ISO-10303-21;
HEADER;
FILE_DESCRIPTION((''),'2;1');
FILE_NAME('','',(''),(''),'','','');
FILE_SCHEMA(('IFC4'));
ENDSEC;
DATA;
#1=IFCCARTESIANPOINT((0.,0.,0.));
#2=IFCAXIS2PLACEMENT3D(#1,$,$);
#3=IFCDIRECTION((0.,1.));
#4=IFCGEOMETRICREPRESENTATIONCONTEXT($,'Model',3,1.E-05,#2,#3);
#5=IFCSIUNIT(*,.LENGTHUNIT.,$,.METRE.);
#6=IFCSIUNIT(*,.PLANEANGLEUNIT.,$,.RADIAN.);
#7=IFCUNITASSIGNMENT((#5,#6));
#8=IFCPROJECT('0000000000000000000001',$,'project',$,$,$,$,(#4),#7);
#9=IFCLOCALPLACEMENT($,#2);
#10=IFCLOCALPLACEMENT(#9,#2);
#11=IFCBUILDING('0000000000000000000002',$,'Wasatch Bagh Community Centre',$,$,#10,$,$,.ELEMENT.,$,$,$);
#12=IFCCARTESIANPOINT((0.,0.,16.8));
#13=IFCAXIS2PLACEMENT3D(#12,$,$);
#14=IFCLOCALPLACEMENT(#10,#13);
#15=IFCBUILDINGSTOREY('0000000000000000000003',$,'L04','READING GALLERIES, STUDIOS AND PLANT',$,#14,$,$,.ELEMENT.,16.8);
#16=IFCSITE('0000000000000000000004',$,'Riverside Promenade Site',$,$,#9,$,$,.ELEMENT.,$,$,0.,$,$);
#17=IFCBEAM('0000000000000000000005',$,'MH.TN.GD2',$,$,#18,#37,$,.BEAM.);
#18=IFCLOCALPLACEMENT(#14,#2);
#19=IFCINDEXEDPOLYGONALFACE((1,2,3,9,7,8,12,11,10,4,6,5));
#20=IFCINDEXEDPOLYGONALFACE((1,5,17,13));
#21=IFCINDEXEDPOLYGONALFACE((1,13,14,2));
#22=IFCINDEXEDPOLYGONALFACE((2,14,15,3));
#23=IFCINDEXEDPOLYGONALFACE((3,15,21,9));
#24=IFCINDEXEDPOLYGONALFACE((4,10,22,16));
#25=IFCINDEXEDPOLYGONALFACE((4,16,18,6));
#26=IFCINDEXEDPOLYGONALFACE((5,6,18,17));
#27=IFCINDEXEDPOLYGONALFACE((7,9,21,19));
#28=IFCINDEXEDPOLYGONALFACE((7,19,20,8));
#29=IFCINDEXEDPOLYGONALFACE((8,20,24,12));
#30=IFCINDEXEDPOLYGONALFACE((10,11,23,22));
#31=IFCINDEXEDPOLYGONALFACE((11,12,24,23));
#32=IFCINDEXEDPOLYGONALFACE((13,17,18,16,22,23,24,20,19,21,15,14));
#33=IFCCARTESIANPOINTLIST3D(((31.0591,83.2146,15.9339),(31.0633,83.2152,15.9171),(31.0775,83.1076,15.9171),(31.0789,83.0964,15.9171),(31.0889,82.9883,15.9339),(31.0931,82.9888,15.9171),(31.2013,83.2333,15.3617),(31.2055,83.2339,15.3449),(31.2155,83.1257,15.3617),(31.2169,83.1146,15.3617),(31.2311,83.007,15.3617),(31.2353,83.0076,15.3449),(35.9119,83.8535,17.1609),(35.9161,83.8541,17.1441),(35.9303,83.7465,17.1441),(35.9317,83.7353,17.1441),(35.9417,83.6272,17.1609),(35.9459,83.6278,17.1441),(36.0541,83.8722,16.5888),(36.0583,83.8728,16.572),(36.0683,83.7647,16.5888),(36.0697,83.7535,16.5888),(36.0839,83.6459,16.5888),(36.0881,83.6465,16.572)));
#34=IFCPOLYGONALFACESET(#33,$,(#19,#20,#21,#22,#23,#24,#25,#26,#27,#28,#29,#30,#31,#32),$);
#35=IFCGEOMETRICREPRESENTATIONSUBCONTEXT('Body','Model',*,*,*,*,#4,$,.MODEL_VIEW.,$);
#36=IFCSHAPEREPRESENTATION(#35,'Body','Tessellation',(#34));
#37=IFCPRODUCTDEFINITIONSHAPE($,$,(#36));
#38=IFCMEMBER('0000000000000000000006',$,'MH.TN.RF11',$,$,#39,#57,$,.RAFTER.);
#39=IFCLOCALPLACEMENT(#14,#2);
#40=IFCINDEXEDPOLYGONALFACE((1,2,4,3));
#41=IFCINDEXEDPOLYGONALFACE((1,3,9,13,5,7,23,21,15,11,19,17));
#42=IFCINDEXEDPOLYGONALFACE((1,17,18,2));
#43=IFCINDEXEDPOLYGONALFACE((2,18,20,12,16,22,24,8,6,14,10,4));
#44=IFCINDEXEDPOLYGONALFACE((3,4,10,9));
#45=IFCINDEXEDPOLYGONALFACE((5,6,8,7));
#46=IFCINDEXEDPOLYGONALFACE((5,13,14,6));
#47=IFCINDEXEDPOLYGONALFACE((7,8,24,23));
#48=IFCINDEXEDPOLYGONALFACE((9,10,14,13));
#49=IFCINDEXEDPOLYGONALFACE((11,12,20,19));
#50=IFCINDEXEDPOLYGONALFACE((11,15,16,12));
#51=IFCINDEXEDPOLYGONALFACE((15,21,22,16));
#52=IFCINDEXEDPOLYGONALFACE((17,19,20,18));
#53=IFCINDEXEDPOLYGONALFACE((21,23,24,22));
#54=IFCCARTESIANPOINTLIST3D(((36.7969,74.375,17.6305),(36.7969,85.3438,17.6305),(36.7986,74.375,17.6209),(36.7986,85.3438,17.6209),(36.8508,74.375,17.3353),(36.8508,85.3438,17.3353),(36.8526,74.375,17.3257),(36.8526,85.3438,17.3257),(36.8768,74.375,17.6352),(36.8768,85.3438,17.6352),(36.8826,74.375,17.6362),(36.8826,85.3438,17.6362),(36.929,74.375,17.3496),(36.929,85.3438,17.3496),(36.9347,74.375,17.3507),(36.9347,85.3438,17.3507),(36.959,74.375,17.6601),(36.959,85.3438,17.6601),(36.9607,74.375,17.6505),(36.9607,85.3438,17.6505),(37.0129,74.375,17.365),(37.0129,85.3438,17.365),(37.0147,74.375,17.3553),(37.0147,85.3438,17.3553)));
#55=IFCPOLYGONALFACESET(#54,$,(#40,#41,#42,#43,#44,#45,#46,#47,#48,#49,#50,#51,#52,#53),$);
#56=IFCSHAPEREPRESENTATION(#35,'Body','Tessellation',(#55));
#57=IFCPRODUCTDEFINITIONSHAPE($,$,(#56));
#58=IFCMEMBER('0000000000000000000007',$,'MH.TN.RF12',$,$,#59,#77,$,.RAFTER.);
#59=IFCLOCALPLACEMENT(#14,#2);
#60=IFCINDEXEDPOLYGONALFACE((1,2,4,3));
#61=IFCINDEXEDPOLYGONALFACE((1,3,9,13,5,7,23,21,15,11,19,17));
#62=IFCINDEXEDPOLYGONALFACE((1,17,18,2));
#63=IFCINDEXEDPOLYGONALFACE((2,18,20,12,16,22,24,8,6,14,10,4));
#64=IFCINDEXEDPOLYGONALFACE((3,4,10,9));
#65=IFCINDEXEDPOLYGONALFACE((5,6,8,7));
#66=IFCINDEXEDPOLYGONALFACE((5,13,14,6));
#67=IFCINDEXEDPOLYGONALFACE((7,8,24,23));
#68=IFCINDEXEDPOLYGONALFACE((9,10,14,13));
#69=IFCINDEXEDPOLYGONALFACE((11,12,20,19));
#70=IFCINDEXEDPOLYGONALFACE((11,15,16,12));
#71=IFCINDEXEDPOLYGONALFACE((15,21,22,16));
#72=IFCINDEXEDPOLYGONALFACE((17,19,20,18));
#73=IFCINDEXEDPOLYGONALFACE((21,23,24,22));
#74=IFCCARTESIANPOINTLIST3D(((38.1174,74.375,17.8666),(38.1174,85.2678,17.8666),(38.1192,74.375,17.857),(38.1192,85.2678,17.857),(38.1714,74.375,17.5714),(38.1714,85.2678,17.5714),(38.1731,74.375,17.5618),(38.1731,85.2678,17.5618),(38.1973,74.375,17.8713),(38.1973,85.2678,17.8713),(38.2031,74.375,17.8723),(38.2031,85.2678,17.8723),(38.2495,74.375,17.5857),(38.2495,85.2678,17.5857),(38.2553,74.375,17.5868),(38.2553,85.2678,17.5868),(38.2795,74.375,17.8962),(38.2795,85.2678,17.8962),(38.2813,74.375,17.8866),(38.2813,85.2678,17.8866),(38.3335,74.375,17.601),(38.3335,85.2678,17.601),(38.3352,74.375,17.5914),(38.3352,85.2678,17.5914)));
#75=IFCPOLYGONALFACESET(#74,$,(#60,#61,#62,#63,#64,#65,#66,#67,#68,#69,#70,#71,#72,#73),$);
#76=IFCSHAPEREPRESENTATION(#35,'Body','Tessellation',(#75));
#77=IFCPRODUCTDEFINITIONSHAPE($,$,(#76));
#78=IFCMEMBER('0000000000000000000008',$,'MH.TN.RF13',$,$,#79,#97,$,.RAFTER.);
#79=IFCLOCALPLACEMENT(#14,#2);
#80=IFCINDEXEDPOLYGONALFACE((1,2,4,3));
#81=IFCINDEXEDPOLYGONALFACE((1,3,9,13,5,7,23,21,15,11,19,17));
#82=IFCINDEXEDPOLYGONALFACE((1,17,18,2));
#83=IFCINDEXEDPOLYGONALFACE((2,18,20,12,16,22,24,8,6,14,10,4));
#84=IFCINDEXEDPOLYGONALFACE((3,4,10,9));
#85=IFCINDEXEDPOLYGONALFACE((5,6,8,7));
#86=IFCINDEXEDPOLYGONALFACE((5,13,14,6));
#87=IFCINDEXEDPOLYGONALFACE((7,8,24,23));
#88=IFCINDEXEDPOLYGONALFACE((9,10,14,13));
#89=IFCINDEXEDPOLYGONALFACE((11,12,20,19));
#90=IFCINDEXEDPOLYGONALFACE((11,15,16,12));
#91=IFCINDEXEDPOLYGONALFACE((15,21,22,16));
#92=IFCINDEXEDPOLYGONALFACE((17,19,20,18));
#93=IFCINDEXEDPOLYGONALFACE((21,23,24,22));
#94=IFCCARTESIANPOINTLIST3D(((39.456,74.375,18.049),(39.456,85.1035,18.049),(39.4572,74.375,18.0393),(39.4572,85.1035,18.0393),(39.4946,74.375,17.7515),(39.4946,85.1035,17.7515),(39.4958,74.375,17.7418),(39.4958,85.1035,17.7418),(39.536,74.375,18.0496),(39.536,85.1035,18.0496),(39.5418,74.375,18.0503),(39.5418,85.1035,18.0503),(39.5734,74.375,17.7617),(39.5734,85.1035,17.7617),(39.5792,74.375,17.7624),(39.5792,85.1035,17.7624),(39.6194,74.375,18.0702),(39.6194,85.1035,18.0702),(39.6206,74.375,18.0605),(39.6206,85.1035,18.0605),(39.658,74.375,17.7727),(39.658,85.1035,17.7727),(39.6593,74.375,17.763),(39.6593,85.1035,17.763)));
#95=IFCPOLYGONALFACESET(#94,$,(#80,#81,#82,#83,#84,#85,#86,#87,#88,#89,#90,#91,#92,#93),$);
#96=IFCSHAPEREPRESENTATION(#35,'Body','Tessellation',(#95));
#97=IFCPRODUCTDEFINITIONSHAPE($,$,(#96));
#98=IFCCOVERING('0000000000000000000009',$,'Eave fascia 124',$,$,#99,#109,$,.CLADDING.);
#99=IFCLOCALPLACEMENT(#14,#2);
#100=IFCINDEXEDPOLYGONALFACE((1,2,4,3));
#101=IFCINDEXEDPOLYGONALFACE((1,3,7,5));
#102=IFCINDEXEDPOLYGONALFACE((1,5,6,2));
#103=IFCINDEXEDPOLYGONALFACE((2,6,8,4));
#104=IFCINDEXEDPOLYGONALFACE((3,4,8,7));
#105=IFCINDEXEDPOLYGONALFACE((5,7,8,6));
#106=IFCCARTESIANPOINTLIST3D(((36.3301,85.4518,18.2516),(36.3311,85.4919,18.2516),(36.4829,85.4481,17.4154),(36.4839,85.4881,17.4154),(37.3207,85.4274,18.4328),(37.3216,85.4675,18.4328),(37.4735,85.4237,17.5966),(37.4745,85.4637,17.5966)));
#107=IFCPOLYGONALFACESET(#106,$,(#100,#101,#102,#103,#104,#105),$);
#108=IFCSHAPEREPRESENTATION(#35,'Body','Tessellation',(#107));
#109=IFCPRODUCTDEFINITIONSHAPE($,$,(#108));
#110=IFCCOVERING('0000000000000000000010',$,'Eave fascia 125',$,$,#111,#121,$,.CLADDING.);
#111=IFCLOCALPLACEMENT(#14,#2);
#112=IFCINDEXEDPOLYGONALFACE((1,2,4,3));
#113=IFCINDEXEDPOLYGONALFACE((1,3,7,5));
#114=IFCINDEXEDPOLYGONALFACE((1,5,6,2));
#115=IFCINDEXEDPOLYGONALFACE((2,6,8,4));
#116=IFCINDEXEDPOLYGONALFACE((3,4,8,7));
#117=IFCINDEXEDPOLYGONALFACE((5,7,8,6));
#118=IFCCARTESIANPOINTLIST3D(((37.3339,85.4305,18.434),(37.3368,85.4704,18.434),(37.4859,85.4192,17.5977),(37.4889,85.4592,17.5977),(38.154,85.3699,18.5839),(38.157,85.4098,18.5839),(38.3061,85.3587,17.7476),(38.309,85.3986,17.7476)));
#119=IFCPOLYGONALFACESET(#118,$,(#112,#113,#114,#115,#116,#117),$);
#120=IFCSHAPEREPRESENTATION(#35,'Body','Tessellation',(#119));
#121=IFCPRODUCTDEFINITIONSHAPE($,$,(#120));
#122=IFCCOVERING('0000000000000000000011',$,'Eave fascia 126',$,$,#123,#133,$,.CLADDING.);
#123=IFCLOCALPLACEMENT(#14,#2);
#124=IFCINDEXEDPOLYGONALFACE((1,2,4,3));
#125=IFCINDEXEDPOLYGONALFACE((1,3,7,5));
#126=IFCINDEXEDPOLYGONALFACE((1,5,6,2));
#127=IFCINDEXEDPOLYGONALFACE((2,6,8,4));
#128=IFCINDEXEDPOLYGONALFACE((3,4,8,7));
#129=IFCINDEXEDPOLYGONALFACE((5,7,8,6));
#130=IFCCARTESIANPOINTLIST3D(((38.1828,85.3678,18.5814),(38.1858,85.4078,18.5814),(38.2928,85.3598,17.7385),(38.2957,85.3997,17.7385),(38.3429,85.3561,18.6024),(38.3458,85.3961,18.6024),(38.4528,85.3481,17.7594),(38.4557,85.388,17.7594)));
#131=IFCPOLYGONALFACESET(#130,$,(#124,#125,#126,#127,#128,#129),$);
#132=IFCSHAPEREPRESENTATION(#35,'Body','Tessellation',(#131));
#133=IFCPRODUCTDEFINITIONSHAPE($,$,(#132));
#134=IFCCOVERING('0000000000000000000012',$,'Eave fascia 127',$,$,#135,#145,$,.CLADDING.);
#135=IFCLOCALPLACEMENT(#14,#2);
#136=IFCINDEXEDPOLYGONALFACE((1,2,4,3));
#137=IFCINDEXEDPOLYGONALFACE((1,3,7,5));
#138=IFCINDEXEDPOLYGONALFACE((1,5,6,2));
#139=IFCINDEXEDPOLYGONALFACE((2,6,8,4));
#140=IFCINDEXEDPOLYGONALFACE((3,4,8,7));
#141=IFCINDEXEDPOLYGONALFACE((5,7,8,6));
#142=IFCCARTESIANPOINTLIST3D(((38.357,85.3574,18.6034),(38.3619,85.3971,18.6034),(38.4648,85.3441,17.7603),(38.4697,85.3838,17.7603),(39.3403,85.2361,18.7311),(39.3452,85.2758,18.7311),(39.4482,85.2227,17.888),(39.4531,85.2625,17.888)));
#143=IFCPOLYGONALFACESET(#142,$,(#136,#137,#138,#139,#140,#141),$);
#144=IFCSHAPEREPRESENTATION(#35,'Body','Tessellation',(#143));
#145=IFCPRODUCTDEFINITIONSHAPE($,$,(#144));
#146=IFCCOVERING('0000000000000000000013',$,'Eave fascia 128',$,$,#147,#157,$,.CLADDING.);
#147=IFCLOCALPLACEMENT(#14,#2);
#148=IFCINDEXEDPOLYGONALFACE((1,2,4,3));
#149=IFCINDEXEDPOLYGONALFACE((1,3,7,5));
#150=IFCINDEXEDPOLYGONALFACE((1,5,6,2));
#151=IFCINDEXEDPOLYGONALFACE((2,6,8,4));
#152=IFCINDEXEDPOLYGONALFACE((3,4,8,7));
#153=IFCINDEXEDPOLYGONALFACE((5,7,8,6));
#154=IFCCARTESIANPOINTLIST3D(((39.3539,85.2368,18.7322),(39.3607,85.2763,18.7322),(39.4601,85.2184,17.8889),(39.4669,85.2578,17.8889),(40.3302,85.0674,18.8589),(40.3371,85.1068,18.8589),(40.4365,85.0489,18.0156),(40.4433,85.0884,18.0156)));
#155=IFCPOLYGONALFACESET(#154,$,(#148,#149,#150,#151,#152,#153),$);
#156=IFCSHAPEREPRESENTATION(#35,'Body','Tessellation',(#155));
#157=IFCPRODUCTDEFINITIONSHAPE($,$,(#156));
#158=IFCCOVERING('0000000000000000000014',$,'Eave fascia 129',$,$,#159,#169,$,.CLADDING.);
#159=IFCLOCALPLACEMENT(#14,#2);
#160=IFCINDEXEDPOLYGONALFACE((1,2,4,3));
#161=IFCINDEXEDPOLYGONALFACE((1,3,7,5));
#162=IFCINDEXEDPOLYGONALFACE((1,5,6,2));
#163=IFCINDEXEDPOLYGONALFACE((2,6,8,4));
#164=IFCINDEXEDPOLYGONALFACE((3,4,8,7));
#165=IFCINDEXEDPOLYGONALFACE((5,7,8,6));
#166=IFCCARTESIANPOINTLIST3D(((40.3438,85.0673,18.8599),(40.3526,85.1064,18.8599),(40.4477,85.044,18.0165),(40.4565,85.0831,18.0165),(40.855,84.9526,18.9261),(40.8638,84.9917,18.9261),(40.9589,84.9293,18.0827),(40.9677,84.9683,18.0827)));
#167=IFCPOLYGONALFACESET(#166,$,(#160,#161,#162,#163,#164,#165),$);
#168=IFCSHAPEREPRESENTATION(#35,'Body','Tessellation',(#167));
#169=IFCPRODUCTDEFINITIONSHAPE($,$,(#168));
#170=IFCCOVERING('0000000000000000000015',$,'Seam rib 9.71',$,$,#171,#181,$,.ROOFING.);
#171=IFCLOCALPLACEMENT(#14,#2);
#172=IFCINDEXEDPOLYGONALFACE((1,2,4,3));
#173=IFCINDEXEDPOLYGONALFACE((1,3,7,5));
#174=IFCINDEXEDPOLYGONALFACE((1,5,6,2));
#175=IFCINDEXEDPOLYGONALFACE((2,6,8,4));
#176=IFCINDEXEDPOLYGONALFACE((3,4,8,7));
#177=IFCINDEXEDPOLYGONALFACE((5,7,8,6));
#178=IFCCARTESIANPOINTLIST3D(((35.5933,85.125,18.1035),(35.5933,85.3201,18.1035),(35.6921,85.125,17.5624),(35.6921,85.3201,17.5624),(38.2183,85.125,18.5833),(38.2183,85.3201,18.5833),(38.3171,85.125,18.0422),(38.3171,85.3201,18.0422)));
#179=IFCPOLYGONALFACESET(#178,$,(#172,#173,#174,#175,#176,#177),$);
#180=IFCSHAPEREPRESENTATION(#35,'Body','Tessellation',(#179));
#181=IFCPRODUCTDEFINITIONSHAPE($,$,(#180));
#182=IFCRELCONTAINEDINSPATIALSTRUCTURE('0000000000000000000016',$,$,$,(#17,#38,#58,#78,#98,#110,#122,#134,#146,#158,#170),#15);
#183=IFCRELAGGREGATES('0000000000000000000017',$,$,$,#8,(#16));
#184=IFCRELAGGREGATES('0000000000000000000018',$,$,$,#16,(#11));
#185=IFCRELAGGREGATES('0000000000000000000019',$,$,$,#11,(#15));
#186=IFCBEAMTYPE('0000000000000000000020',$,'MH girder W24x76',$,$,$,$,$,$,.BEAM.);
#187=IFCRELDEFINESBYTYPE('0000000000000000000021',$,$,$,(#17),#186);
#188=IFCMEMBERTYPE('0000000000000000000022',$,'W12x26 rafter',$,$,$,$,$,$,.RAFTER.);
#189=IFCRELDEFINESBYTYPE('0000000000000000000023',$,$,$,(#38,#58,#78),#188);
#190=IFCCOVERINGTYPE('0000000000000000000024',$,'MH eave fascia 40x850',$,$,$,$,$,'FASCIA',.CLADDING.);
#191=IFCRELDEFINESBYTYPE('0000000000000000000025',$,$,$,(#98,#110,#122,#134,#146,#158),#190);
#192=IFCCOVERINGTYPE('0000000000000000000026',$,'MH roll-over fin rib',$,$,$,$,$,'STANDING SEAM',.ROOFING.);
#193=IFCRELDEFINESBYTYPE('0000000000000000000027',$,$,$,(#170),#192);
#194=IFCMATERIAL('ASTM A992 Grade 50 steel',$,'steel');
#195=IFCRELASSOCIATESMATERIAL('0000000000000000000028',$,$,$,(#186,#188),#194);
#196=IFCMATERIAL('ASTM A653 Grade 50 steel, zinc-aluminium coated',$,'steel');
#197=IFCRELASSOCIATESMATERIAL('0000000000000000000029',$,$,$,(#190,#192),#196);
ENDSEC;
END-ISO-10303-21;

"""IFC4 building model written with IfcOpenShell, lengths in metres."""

from ifc_helpers import new_model, si_unit, direction, frame, origin, origin_2d, place, context, subcontext, project, spatial, polyline, rectangle, i_section, outline, extrude, material, material_profile, profile_set, type_object, element, save


model = new_model("IFC4")

# Units and contexts
model_context = context("Model", 3, precision=1e-05, world=origin(), true_north=direction((0.0, 1.0)))
body_context = subcontext(model_context, "Body", "Model", "MODEL_VIEW")
ifc_project = project(units=[si_unit("LENGTHUNIT", "METRE"), si_unit("PLANEANGLEUNIT", "RADIAN")], contexts=[model_context])

# Site, building, storey
site_placement = place(None, origin())
site = spatial("IfcSite", under=ifc_project, at=site_placement, Name="Riverside Promenade Site", CompositionType="ELEMENT", RefElevation=0.0)
building_placement = place(site_placement, origin())
building = spatial("IfcBuilding", under=site, at=building_placement, Name="Wasatch Bagh Community Centre", CompositionType="ELEMENT")
storey_placement = place(building_placement, frame((0.0, 0.0, 16.8)))
storey = spatial("IfcBuildingStorey", under=building, at=storey_placement, Name="L04", Description="READING GALLERIES, STUDIOS AND PLANT", CompositionType="ELEMENT", Elevation=16.8)

# Beam
ifc_material_1 = material(Name="ASTM A992 Grade 50 steel", Category="steel")
ifc_material_profile_1 = material_profile(ifc_material_1, i_section(OverallWidth=0.2283, OverallDepth=0.6072, WebThickness=0.0112, FlangeThickness=0.0173, at=origin_2d()), Name="W24x76")
ifc_profile_set_1 = profile_set([ifc_material_profile_1], Name="ASTM A992 Grade 50 steel")
beam_type = type_object("IfcBeamType", Name="MH girder W24x76", PredefinedType="BEAM", material=ifc_profile_set_1)
beam_placement = place(storey_placement, frame((36.0, 83.75, 16.8665), z_axis=(-0.961685, -0.126615, -0.243167), x_axis=(0.130533, -0.991444, 0.0)))
element("IfcBeam", 1, at=beam_placement, inside=storey, type_object=beam_type, Name="MH.TN.GD2", PredefinedType="BEAM", context=body_context, shape_type="SweptSolid", body=[
    extrude(i_section(OverallWidth=0.2283, OverallDepth=0.6072, WebThickness=0.0112, FlangeThickness=0.0173, at=origin_2d()), origin(), (0.0, 0.0, 1.0), 5.0461),
])

# Members
ifc_material_profile_2 = material_profile(ifc_material_1, i_section(OverallWidth=0.1648, OverallDepth=0.3098, WebThickness=0.0059, FlangeThickness=0.0098, at=origin_2d()), Name="W12x26")
ifc_profile_set_2 = profile_set([ifc_material_profile_2], Name="ASTM A992 Grade 50 steel")
member_type = type_object("IfcMemberType", Name="W12x26 rafter", PredefinedType="RAFTER", material=ifc_profile_set_2)
member_1_placement = place(storey_placement, frame((36.9058, 85.3438, 17.4929), z_axis=(0.0, -1.0, 0.0), x_axis=(0.983711, 0.0, 0.179756)))
element("IfcMember", 2, at=member_1_placement, inside=storey, type_object=member_type, Name="MH.TN.RF11", PredefinedType="RAFTER", context=body_context, shape_type="SweptSolid", body=[
    extrude(i_section(OverallWidth=0.1648, OverallDepth=0.3098, WebThickness=0.0059, FlangeThickness=0.0098, at=origin_2d()), origin(), (0.0, 0.0, 1.0), 10.9688),
])
member_2_placement = place(storey_placement, frame((38.2263, 85.2678, 17.729), z_axis=(0.0, -1.0, 0.0), x_axis=(0.983711, 0.0, 0.179756)))
element("IfcMember", 3, at=member_2_placement, inside=storey, type_object=member_type, Name="MH.TN.RF12", PredefinedType="RAFTER", context=body_context, shape_type="SweptSolid", body=[
    extrude(i_section(OverallWidth=0.1648, OverallDepth=0.3098, WebThickness=0.0059, FlangeThickness=0.0098, at=origin_2d()), origin(), (0.0, 0.0, 1.0), 10.8928),
])
member_3_placement = place(storey_placement, frame((39.5576, 85.1035, 17.906), z_axis=(0.0, -1.0, 0.0), x_axis=(0.991678, 0.0, 0.12874)))
element("IfcMember", 4, at=member_3_placement, inside=storey, type_object=member_type, Name="MH.TN.RF13", PredefinedType="RAFTER", context=body_context, shape_type="SweptSolid", body=[
    extrude(i_section(OverallWidth=0.1648, OverallDepth=0.3098, WebThickness=0.0059, FlangeThickness=0.0098, at=origin_2d()), origin(), (0.0, 0.0, 1.0), 10.7285),
])

# Coverings
ifc_material_2 = material(Name="ASTM A653 Grade 50 steel, zinc-aluminium coated", Category="steel")
ifc_material_profile_3 = material_profile(ifc_material_2, rectangle(XDim=0.04, YDim=0.8501, at=origin_2d()), Name="FASCIA 40x850")
ifc_profile_set_3 = profile_set([ifc_material_profile_3], Name="ASTM A653 Grade 50 steel, zinc-aluminium coated")
covering_type_1 = type_object("IfcCoveringType", Name="MH eave fascia 40x850", ElementType="FASCIA", PredefinedType="CLADDING", material=ifc_profile_set_3)
covering_1_placement = place(storey_placement, frame((36.407, 85.47, 17.8335), z_axis=(0.983394, -0.024239, 0.179857), x_axis=(0.024641, 0.999696, 0.0)))
element("IfcCovering", 5, at=covering_1_placement, inside=storey, type_object=covering_type_1, Name="Eave fascia 124", PredefinedType="CLADDING", context=body_context, shape_type="SweptSolid", body=[
    extrude(rectangle(XDim=0.04, YDim=0.8501, at=origin_2d()), origin(), (0.0, 0.0, 1.0), 1.0073),
])
covering_2_placement = place(storey_placement, frame((37.4114, 85.4448, 18.0159), z_axis=(0.981117, -0.072437, 0.179341), x_axis=(0.073631, 0.997286, 0.0)))
element("IfcCovering", 6, at=covering_2_placement, inside=storey, type_object=covering_type_1, Name="Eave fascia 125", PredefinedType="CLADDING", context=body_context, shape_type="SweptSolid", body=[
    extrude(rectangle(XDim=0.04, YDim=0.8501, at=origin_2d()), origin(), (0.0, 0.0, 1.0), 0.8359),
])
covering_3_placement = place(storey_placement, frame((38.2393, 85.3838, 18.1599), z_axis=(0.988917, -0.07236, 0.129645), x_axis=(0.072976, 0.997334, 0.0)))
element("IfcCovering", 7, at=covering_3_placement, inside=storey, type_object=covering_type_1, Name="Eave fascia 126", PredefinedType="CLADDING", context=body_context, shape_type="SweptSolid", body=[
    extrude(rectangle(XDim=0.04, YDim=0.8501, at=origin_2d()), origin(), (0.0, 0.0, 1.0), 0.1619),
])
for number, where, z_axis, x_axis, name in (
    (8, (38.4133, 85.3706, 18.1819), (0.984335, -0.121453, 0.127807), (0.122458, 0.992474, 0.0), "Eave fascia 127"),
    (9, (39.4104, 85.2473, 18.3105), (0.977316, -0.169607, 0.126838), (0.170988, 0.985273, 0.0), "Eave fascia 128"),
):
    element("IfcCovering", number, at=place(storey_placement, frame(where, z_axis=z_axis, x_axis=x_axis)), inside=storey, type_object=covering_type_1, Name=name, PredefinedType="CLADDING", context=body_context, shape_type="SweptSolid", body=[
        extrude(rectangle(XDim=0.04, YDim=0.8501, at=origin_2d()), origin(), (0.0, 0.0, 1.0), 0.999),
    ])
covering_4_placement = place(storey_placement, frame((40.4001, 85.0752, 18.4382), z_axis=(0.968037, -0.217277, 0.125281), x_axis=(0.219002, 0.975724, 0.0)))
element("IfcCovering", 10, at=covering_4_placement, inside=storey, type_object=covering_type_1, Name="Eave fascia 129", PredefinedType="CLADDING", context=body_context, shape_type="SweptSolid", body=[
    extrude(rectangle(XDim=0.04, YDim=0.8501, at=origin_2d()), origin(), (0.0, 0.0, 1.0), 0.5281),
])
covering_type_2 = type_object("IfcCoveringType", Name="MH roll-over fin rib", ElementType="STANDING SEAM", PredefinedType="ROOFING", material=ifc_material_2)
covering_5_placement = place(storey_placement, frame((35.5933, 85.125, 18.1035), z_axis=(-0.179779, 0.0, 0.983707), x_axis=(0.983707, 0.0, 0.179779)))
element("IfcCovering", 11, at=covering_5_placement, inside=storey, type_object=covering_type_2, Name="Seam rib 9.71", PredefinedType="ROOFING", context=body_context, shape_type="SweptSolid", body=[
    extrude(outline(polyline([(0.0, 0.0), (2.6685, 0.0), (2.6685, 0.1951), (0.0, 0.1951), (0.0, 0.0)])), origin(), (0.0, 0.0, -1.0), 0.55),
])

save(model, "model.ifc")
